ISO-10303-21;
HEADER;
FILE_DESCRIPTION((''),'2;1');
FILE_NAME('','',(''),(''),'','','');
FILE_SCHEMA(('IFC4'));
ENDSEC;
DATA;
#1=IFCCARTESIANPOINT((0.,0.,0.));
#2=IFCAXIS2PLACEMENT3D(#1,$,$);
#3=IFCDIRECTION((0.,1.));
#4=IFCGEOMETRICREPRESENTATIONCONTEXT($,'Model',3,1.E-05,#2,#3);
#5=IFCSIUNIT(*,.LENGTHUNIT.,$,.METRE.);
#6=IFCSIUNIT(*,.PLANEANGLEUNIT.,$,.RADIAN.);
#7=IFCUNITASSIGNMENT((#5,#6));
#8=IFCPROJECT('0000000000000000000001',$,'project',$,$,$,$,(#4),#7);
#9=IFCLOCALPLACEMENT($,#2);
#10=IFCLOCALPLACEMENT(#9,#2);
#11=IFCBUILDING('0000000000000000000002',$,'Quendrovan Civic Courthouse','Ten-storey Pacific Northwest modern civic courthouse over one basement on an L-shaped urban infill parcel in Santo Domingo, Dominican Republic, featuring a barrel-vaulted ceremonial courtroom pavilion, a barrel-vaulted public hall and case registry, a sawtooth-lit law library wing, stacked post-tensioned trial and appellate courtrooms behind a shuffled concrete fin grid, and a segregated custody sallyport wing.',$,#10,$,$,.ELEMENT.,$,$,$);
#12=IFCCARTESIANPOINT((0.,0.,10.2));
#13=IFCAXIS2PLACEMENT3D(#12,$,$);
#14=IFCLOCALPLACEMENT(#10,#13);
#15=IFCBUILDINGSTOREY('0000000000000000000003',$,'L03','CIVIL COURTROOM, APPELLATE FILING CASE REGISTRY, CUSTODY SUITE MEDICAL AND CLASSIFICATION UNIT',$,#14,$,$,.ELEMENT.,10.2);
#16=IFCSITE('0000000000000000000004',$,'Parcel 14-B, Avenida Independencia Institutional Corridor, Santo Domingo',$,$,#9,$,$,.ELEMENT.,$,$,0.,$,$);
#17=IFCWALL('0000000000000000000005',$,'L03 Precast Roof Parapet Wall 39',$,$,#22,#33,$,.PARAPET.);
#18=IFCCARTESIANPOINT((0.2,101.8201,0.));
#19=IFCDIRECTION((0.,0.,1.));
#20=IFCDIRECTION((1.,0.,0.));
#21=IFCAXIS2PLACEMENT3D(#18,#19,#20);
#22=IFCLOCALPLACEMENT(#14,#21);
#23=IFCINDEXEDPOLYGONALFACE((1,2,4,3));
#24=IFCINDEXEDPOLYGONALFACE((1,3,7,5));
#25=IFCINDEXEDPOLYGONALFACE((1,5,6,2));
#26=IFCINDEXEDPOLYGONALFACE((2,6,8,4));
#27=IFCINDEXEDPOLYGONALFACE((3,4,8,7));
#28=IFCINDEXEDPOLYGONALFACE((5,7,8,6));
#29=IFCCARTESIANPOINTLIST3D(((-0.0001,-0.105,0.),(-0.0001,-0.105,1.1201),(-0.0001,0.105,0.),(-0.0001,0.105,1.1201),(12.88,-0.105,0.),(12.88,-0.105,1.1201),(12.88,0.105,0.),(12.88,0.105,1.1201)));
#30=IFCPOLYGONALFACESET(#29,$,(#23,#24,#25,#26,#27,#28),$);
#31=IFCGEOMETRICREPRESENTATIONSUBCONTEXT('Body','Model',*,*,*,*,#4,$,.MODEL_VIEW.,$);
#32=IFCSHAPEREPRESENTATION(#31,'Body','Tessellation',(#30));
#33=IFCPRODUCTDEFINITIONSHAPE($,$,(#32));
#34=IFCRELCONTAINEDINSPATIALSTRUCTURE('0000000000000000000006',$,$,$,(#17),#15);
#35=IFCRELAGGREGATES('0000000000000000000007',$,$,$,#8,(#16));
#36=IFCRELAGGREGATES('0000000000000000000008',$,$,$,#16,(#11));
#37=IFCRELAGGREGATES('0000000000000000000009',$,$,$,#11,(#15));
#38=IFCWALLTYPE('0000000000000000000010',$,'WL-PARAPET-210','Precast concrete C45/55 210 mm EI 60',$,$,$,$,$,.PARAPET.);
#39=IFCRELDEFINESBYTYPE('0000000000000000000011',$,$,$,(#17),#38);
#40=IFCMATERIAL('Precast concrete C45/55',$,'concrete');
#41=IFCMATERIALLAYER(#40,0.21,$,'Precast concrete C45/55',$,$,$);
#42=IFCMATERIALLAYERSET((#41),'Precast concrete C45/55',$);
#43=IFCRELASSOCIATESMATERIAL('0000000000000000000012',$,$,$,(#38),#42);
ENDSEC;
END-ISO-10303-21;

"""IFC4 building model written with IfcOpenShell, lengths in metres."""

from ifc_helpers import new_model, si_unit, direction, frame, frame_2d, origin, place, context, subcontext, project, spatial, rectangle, extrude, material, layer, layer_set, type_object, element, save


model = new_model("IFC4")

# Units and contexts
model_context = context("Model", 3, precision=1e-05, world=origin(), true_north=direction((0.0, 1.0)))
body_context = subcontext(model_context, "Body", "Model", "MODEL_VIEW")
ifc_project = project(units=[si_unit("LENGTHUNIT", "METRE"), si_unit("PLANEANGLEUNIT", "RADIAN")], contexts=[model_context])

# Site, building, storey
site_placement = place(None, origin())
site = spatial("IfcSite", under=ifc_project, at=site_placement, Name="Parcel 14-B, Avenida Independencia Institutional Corridor, Santo Domingo", CompositionType="ELEMENT", RefElevation=0.0)
building_placement = place(site_placement, origin())
building = spatial("IfcBuilding", under=site, at=building_placement, Name="Quendrovan Civic Courthouse", Description="Ten-storey Pacific Northwest modern civic courthouse over one basement on an L-shaped urban infill parcel in Santo Domingo, Dominican Republic, featuring a barrel-vaulted ceremonial courtroom pavilion, a barrel-vaulted public hall and case registry, a sawtooth-lit law library wing, stacked post-tensioned trial and appellate courtrooms behind a shuffled concrete fin grid, and a segregated custody sallyport wing.", CompositionType="ELEMENT")
storey_placement = place(building_placement, frame((0.0, 0.0, 10.2)))
storey = spatial("IfcBuildingStorey", under=building, at=storey_placement, Name="L03", Description="CIVIL COURTROOM, APPELLATE FILING CASE REGISTRY, CUSTODY SUITE MEDICAL AND CLASSIFICATION UNIT", CompositionType="ELEMENT", Elevation=10.2)

# Wall
ifc_material_1 = material(Name="Precast concrete C45/55", Category="concrete")
ifc_layer_1 = layer(ifc_material_1, 0.21, Name="Precast concrete C45/55")
ifc_layer_set_1 = layer_set([ifc_layer_1], Name="Precast concrete C45/55")
wall_type = type_object("IfcWallType", Name="WL-PARAPET-210", Description="Precast concrete C45/55 210 mm EI 60", PredefinedType="PARAPET", material=ifc_layer_set_1)
wall_1_placement = place(storey_placement, frame((0.2, 101.8201, 0.0), z_axis=(0.0, 0.0, 1.0), x_axis=(1.0, 0.0, 0.0)))
element("IfcWall", 1, at=wall_1_placement, inside=storey, type_object=wall_type, Name="L03 Precast Roof Parapet Wall 39", PredefinedType="PARAPET", context=body_context, shape_type="SweptSolid", body=[
    extrude(rectangle(XDim=12.8801, YDim=0.21, at=frame_2d((6.4399, 0.0))), origin(), (0.0, 0.0, 1.0), 1.1201),
])

save(model, "model.ifc")
